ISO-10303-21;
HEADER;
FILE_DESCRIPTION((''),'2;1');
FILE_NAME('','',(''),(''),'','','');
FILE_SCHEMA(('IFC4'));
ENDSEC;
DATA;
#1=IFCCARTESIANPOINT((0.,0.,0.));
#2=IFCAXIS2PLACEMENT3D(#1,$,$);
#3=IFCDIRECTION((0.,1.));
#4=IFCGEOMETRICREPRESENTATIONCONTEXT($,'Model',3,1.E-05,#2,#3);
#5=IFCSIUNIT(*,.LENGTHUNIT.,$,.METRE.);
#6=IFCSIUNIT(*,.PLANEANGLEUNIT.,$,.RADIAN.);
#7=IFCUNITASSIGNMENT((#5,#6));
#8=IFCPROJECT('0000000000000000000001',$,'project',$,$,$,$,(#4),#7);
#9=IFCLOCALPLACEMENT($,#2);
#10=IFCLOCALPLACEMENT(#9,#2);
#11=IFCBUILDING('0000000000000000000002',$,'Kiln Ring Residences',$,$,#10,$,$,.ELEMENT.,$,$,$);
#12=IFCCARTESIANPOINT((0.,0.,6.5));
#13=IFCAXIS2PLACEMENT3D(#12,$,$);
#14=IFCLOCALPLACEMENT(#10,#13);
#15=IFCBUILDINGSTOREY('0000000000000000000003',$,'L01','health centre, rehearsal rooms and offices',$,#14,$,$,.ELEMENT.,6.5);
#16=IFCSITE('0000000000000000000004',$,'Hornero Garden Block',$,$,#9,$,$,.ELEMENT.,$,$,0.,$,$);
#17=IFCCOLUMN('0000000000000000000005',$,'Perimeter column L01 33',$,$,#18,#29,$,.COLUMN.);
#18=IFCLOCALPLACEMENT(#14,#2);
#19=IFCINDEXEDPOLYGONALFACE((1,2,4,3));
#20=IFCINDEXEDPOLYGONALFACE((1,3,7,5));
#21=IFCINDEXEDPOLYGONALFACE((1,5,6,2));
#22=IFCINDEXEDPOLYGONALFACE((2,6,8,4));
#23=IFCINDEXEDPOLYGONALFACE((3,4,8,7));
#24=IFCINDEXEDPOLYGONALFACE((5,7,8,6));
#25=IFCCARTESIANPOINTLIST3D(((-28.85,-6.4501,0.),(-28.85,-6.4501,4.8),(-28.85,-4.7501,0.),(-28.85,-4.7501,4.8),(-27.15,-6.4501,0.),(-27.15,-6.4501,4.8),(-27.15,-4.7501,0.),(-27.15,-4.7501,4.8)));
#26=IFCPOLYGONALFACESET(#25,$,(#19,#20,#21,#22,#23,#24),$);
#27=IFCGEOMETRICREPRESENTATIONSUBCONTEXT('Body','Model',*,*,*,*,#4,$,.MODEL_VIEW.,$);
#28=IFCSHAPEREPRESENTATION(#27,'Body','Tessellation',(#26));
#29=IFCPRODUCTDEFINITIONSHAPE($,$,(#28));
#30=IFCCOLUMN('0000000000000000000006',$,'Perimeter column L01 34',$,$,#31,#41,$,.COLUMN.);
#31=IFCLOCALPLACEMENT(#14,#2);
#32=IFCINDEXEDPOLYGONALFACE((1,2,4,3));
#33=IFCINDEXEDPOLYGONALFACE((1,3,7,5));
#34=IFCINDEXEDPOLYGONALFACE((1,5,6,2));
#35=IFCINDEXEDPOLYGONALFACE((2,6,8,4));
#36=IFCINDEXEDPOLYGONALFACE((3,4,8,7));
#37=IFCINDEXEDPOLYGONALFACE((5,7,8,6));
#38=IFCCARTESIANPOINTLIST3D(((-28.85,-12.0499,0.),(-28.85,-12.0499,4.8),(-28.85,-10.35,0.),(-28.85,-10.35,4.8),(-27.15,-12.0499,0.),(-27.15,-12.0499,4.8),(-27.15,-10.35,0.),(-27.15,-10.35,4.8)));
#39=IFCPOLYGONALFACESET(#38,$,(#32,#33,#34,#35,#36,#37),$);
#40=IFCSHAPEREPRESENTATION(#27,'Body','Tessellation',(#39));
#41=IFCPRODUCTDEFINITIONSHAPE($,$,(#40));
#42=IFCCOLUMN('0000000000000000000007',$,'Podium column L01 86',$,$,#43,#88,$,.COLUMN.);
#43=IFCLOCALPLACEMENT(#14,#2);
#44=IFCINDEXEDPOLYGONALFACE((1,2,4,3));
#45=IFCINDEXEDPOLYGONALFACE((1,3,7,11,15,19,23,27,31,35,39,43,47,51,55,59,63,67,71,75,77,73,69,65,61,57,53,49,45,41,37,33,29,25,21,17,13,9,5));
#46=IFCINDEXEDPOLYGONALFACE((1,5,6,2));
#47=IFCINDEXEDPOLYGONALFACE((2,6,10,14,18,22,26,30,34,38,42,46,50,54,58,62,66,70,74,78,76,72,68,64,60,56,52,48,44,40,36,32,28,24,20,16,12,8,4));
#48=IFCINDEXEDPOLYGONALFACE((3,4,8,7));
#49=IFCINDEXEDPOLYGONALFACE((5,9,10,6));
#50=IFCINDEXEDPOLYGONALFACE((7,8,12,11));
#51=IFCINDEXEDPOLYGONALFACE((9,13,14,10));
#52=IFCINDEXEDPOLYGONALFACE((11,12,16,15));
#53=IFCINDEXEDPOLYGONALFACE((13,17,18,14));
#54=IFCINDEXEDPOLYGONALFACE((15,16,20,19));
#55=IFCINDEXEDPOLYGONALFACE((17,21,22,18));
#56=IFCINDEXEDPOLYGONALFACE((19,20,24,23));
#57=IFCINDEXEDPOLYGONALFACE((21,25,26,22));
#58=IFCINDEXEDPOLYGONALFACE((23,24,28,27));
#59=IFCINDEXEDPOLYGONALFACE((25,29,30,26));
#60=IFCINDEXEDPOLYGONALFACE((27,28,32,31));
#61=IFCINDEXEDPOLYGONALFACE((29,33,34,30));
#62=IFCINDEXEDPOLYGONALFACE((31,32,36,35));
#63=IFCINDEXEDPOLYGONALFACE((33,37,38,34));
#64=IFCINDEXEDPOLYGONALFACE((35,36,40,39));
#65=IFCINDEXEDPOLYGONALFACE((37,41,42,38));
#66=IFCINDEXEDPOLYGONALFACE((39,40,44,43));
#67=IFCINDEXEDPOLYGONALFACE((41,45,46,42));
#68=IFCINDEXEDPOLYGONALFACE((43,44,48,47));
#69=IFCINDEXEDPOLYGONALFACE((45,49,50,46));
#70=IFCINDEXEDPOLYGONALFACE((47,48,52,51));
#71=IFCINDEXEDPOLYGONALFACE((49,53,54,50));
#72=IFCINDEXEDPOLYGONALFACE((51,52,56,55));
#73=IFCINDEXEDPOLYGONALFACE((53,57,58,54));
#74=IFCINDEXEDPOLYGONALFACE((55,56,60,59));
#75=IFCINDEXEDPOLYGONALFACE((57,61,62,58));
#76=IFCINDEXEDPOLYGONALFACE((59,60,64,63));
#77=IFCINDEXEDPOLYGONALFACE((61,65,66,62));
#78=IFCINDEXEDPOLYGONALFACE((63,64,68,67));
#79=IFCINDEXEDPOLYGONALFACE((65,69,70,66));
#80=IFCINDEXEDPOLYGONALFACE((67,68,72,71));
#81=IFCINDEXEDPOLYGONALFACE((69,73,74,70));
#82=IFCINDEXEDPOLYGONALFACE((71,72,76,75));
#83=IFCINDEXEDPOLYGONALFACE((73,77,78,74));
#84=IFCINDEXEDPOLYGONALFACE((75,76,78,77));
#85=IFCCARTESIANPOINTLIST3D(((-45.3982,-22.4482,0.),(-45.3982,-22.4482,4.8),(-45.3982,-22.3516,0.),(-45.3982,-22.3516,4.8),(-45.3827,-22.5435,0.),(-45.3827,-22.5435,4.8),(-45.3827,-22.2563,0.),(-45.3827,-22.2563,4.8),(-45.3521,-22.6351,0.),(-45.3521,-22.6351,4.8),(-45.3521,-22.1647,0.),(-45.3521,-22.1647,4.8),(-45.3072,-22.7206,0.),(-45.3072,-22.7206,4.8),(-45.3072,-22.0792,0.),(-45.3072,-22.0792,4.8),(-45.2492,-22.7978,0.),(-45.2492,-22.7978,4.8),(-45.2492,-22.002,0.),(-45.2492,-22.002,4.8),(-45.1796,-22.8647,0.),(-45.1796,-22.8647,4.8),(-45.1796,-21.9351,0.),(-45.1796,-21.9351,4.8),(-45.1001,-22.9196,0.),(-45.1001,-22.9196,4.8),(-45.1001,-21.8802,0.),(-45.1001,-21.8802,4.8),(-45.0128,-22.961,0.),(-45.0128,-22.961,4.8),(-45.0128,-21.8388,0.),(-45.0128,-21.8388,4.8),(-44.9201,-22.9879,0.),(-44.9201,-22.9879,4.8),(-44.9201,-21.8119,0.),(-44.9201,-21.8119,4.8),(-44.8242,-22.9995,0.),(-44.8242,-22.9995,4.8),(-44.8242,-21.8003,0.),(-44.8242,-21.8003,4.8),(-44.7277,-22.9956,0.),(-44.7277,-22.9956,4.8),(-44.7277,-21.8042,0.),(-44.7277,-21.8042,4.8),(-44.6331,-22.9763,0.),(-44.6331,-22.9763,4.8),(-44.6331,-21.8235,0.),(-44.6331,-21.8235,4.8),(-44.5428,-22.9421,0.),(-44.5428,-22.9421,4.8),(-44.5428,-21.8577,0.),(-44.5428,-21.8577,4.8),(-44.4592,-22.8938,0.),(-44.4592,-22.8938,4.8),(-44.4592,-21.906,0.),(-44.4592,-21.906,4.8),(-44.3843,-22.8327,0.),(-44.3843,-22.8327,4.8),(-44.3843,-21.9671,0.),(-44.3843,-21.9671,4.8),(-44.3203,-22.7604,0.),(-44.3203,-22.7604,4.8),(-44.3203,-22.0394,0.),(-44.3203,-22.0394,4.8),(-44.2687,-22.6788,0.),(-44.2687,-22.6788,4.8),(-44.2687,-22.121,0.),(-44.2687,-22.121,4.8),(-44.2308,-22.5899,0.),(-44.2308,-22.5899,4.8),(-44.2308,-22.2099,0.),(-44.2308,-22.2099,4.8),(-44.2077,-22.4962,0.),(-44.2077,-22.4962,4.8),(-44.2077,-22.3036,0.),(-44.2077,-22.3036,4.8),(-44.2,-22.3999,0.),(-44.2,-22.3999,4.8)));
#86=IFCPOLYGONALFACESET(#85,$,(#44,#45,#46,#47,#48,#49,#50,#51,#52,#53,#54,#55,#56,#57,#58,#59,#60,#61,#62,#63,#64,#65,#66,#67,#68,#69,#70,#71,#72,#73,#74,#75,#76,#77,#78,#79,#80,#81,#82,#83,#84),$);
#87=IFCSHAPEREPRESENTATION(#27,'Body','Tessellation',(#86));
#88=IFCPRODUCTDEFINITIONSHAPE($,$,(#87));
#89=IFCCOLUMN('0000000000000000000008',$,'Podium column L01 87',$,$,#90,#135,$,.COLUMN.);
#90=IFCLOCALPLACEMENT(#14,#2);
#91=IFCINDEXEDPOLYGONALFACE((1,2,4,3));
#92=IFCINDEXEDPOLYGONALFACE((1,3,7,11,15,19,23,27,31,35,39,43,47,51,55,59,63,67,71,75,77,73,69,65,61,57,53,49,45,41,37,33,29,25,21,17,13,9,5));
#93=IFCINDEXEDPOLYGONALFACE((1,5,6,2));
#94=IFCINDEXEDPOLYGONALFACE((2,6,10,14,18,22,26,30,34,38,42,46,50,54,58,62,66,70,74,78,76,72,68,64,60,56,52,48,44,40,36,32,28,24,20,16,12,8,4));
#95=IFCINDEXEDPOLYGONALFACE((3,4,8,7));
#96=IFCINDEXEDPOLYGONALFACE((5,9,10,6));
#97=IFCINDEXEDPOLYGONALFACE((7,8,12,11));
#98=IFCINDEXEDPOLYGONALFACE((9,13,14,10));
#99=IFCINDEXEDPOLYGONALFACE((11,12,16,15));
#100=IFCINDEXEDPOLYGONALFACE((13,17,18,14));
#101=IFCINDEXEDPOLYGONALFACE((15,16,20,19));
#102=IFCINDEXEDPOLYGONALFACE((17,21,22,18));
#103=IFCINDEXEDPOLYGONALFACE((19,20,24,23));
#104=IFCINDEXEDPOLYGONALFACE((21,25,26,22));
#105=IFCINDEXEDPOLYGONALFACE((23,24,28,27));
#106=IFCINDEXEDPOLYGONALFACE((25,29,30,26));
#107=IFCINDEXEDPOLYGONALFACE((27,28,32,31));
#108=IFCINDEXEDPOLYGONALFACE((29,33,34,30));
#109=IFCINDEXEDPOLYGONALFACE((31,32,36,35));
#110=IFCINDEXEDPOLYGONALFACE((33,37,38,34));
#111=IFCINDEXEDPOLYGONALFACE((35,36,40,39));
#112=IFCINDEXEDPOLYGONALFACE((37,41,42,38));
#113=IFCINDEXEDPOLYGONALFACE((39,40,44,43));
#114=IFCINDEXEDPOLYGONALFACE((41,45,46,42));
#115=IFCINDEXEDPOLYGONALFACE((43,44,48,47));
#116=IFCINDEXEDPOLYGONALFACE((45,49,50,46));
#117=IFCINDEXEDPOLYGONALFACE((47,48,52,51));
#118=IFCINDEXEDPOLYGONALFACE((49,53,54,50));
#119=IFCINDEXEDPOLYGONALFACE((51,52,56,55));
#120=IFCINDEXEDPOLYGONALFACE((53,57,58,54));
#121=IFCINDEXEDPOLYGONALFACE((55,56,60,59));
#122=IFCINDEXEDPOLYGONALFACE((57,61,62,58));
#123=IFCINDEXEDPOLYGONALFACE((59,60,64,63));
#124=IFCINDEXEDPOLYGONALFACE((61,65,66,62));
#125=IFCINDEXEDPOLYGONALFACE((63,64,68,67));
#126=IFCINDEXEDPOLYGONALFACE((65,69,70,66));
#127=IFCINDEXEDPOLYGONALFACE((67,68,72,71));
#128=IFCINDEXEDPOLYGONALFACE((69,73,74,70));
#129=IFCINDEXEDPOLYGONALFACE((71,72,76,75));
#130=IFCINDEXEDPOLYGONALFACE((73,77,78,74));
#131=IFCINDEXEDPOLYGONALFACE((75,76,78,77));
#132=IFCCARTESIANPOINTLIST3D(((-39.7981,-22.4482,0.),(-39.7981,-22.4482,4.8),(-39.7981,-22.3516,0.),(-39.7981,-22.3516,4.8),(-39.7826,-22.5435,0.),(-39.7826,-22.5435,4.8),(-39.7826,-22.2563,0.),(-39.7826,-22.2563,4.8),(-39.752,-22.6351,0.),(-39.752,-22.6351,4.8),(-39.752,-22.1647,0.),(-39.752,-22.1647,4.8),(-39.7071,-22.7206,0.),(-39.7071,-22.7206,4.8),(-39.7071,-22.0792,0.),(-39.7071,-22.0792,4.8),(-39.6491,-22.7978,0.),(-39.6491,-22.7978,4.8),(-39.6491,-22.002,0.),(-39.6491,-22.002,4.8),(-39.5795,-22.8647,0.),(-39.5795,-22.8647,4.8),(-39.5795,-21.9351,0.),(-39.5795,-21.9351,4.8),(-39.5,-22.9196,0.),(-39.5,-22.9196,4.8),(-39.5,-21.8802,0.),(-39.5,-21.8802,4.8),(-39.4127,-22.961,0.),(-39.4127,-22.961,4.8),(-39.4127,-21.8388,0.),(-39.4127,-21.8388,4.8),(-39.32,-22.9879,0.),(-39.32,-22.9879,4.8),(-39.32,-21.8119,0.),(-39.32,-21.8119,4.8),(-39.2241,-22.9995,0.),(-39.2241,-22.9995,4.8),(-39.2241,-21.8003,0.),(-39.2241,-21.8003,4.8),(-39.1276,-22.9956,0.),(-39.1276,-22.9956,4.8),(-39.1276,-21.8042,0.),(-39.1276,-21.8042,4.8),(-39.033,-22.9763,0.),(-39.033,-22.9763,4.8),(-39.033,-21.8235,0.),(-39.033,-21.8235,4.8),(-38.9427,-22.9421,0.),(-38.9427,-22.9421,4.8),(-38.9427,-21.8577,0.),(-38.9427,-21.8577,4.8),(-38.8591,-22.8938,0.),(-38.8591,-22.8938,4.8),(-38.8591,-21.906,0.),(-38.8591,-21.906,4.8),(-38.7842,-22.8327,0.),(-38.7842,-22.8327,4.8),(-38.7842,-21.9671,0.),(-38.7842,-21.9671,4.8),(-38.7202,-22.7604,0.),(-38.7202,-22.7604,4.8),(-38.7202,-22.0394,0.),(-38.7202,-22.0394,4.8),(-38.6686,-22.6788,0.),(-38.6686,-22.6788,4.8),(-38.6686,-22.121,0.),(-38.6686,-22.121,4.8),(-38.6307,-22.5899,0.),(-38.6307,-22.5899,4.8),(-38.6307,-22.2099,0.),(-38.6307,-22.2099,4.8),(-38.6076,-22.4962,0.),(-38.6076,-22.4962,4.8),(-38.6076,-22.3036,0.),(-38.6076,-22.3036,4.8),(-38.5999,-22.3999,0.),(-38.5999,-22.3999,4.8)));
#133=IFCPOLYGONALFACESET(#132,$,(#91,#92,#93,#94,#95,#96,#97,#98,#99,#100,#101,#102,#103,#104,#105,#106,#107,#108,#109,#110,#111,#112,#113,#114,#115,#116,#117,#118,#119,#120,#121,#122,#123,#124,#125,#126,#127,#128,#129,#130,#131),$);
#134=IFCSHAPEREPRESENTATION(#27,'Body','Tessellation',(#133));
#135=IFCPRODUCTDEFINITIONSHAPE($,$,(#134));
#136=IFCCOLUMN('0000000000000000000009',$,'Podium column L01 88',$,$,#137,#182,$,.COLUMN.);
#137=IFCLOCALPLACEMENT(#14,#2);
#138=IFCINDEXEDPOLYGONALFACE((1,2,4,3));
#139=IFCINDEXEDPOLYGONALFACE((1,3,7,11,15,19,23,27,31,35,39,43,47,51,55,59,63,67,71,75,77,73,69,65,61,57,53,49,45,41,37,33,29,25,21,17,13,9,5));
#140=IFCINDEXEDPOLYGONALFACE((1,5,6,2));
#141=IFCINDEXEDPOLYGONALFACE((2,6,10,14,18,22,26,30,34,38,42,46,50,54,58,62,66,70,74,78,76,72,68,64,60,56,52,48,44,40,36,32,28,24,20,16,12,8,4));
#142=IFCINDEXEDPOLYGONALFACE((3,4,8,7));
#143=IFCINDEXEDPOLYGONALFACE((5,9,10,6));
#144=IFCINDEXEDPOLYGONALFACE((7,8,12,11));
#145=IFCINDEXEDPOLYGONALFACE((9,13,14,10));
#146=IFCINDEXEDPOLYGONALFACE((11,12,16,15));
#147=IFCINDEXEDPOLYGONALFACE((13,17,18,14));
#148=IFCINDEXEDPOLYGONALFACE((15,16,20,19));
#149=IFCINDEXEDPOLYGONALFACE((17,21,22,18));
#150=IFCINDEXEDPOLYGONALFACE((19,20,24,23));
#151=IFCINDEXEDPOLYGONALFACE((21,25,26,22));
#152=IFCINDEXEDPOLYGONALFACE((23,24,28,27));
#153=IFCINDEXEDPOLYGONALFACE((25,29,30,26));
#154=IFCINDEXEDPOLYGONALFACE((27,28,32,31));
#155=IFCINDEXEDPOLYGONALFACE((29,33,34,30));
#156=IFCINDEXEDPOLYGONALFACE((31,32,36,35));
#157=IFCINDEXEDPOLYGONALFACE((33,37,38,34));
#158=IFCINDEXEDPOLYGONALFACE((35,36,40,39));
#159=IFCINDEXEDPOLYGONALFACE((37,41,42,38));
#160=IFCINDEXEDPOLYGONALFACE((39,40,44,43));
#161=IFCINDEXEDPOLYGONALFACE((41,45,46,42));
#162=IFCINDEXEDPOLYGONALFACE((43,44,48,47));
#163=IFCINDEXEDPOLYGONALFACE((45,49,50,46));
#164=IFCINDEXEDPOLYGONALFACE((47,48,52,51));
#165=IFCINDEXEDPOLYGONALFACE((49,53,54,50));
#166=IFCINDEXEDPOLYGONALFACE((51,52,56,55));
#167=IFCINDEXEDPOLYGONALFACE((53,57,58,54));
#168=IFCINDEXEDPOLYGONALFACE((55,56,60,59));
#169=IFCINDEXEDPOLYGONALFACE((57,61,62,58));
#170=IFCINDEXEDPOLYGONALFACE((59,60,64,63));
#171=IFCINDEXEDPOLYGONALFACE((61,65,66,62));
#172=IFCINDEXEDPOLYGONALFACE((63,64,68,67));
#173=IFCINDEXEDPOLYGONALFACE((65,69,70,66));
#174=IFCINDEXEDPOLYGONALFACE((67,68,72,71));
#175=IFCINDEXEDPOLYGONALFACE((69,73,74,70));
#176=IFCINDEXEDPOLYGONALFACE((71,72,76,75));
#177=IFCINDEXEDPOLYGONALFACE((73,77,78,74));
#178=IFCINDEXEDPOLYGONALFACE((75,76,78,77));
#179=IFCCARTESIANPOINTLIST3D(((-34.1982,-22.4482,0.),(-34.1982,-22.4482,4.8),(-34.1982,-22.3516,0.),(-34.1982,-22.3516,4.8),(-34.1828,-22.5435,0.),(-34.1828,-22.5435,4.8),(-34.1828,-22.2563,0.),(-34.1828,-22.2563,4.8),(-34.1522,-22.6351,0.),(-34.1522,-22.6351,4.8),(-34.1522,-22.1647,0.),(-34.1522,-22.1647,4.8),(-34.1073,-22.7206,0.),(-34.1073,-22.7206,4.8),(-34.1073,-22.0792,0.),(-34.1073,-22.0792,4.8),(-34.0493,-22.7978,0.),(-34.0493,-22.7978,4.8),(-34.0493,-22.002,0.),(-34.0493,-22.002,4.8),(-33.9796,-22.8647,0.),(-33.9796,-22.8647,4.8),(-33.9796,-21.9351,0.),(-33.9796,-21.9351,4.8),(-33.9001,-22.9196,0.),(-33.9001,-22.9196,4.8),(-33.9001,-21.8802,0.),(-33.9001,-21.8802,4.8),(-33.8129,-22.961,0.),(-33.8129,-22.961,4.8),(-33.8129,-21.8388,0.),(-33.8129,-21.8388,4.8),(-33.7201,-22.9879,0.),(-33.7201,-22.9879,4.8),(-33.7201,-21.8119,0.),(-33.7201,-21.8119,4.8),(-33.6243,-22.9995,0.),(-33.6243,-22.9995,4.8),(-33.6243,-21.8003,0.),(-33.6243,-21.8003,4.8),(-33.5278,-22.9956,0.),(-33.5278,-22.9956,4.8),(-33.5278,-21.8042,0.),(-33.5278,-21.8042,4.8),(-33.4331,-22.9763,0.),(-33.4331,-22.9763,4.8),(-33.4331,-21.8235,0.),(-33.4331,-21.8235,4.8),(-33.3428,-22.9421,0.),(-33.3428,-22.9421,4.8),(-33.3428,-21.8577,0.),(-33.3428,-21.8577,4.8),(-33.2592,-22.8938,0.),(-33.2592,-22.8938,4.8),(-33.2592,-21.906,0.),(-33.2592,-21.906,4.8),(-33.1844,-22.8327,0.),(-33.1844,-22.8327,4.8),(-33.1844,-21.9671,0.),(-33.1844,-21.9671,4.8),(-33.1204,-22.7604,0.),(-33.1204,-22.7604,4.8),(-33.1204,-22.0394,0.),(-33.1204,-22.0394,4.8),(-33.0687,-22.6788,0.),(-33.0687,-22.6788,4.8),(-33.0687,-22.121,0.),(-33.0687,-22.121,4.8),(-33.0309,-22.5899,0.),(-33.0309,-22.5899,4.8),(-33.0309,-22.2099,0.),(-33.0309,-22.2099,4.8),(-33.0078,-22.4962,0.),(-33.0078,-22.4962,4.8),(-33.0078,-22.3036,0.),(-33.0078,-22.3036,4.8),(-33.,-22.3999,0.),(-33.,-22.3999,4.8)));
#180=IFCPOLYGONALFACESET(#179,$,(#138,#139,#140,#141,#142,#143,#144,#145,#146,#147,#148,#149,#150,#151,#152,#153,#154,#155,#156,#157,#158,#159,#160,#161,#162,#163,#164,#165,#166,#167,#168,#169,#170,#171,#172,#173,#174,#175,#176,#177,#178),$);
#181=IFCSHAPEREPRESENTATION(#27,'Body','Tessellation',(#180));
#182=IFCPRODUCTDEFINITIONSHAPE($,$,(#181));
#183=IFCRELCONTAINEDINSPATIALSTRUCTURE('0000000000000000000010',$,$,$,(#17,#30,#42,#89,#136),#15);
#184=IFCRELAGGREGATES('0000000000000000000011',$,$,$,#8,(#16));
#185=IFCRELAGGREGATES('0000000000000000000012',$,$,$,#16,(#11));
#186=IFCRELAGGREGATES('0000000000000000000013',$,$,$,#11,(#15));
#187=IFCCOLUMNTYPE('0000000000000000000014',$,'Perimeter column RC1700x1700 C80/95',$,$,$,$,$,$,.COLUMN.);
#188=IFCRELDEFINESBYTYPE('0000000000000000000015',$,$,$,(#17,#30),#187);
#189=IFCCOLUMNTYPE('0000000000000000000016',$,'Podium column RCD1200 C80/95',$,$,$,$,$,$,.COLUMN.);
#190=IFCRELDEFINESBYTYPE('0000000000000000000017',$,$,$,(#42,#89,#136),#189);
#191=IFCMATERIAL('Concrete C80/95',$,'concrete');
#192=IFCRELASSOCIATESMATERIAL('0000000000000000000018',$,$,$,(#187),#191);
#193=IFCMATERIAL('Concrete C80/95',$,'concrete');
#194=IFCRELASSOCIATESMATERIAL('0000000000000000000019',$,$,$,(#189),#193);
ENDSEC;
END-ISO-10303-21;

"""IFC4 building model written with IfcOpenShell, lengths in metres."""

from ifc_helpers import new_model, si_unit, direction, frame, origin, origin_2d, place, context, subcontext, project, spatial, rectangle, circle, extrude, material, material_profile, profile_set, type_object, element, save


model = new_model("IFC4")

# Units and contexts
model_context = context("Model", 3, precision=1e-05, world=origin(), true_north=direction((0.0, 1.0)))
body_context = subcontext(model_context, "Body", "Model", "MODEL_VIEW")
ifc_project = project(units=[si_unit("LENGTHUNIT", "METRE"), si_unit("PLANEANGLEUNIT", "RADIAN")], contexts=[model_context])

# Site, building, storey
site_placement = place(None, origin())
site = spatial("IfcSite", under=ifc_project, at=site_placement, Name="Hornero Garden Block", CompositionType="ELEMENT", RefElevation=0.0)
building_placement = place(site_placement, origin())
building = spatial("IfcBuilding", under=site, at=building_placement, Name="Kiln Ring Residences", CompositionType="ELEMENT")
storey_placement = place(building_placement, frame((0.0, 0.0, 6.5)))
storey = spatial("IfcBuildingStorey", under=building, at=storey_placement, Name="L01", Description="health centre, rehearsal rooms and offices", CompositionType="ELEMENT", Elevation=6.5)

# Columns
ifc_material_1 = material(Name="Concrete C80/95", Category="concrete")
ifc_material_profile_1 = material_profile(ifc_material_1, rectangle(XDim=1.7, YDim=1.7, at=origin_2d()), Name="RC1700x1700")
ifc_profile_set_1 = profile_set([ifc_material_profile_1], Name="Concrete C80/95")
column_type_1 = type_object("IfcColumnType", Name="Perimeter column RC1700x1700 C80/95", PredefinedType="COLUMN", material=ifc_profile_set_1)
for number, where, z_axis, x_axis, name in (
    (1, (-28.0, -5.6001, 0.0), (0.0, 0.0, 1.0), (1.0, 0.0, 0.0), "Perimeter column L01 33"),
    (2, (-28.0, -11.2, 0.0), (0.0, 0.0, 1.0), (1.0, 0.0, 0.0), "Perimeter column L01 34"),
):
    element("IfcColumn", number, at=place(storey_placement, frame(where, z_axis=z_axis, x_axis=x_axis)), inside=storey, type_object=column_type_1, Name=name, PredefinedType="COLUMN", context=body_context, shape_type="SweptSolid", body=[
        extrude(rectangle(XDim=1.7, YDim=1.7, at=origin_2d()), origin(), (0.0, 0.0, 1.0), 4.8),
    ])
ifc_material_2 = material(Name="Concrete C80/95", Category="concrete")
ifc_material_profile_2 = material_profile(ifc_material_2, circle(Radius=0.6001, at=origin_2d()), Name="RCD1200")
ifc_profile_set_2 = profile_set([ifc_material_profile_2], Name="Concrete C80/95")
column_type_2 = type_object("IfcColumnType", Name="Podium column RCD1200 C80/95", PredefinedType="COLUMN", material=ifc_profile_set_2)
for number, where, z_axis, x_axis, name in (
    (3, (-44.8, -22.3999, 0.0), (0.0, 0.0, 1.0), (1.0, 0.0, 0.0), "Podium column L01 86"),
    (4, (-39.2, -22.3999, 0.0), (0.0, 0.0, 1.0), (1.0, 0.0, 0.0), "Podium column L01 87"),
    (5, (-33.6001, -22.3999, 0.0), (0.0, 0.0, 1.0), (1.0, 0.0, 0.0), "Podium column L01 88"),
):
    element("IfcColumn", number, at=place(storey_placement, frame(where, z_axis=z_axis, x_axis=x_axis)), inside=storey, type_object=column_type_2, Name=name, PredefinedType="COLUMN", context=body_context, shape_type="SweptSolid", body=[
        extrude(circle(Radius=0.6001, at=origin_2d()), origin(), (0.0, 0.0, 1.0), 4.8),
    ])

save(model, "model.ifc")
